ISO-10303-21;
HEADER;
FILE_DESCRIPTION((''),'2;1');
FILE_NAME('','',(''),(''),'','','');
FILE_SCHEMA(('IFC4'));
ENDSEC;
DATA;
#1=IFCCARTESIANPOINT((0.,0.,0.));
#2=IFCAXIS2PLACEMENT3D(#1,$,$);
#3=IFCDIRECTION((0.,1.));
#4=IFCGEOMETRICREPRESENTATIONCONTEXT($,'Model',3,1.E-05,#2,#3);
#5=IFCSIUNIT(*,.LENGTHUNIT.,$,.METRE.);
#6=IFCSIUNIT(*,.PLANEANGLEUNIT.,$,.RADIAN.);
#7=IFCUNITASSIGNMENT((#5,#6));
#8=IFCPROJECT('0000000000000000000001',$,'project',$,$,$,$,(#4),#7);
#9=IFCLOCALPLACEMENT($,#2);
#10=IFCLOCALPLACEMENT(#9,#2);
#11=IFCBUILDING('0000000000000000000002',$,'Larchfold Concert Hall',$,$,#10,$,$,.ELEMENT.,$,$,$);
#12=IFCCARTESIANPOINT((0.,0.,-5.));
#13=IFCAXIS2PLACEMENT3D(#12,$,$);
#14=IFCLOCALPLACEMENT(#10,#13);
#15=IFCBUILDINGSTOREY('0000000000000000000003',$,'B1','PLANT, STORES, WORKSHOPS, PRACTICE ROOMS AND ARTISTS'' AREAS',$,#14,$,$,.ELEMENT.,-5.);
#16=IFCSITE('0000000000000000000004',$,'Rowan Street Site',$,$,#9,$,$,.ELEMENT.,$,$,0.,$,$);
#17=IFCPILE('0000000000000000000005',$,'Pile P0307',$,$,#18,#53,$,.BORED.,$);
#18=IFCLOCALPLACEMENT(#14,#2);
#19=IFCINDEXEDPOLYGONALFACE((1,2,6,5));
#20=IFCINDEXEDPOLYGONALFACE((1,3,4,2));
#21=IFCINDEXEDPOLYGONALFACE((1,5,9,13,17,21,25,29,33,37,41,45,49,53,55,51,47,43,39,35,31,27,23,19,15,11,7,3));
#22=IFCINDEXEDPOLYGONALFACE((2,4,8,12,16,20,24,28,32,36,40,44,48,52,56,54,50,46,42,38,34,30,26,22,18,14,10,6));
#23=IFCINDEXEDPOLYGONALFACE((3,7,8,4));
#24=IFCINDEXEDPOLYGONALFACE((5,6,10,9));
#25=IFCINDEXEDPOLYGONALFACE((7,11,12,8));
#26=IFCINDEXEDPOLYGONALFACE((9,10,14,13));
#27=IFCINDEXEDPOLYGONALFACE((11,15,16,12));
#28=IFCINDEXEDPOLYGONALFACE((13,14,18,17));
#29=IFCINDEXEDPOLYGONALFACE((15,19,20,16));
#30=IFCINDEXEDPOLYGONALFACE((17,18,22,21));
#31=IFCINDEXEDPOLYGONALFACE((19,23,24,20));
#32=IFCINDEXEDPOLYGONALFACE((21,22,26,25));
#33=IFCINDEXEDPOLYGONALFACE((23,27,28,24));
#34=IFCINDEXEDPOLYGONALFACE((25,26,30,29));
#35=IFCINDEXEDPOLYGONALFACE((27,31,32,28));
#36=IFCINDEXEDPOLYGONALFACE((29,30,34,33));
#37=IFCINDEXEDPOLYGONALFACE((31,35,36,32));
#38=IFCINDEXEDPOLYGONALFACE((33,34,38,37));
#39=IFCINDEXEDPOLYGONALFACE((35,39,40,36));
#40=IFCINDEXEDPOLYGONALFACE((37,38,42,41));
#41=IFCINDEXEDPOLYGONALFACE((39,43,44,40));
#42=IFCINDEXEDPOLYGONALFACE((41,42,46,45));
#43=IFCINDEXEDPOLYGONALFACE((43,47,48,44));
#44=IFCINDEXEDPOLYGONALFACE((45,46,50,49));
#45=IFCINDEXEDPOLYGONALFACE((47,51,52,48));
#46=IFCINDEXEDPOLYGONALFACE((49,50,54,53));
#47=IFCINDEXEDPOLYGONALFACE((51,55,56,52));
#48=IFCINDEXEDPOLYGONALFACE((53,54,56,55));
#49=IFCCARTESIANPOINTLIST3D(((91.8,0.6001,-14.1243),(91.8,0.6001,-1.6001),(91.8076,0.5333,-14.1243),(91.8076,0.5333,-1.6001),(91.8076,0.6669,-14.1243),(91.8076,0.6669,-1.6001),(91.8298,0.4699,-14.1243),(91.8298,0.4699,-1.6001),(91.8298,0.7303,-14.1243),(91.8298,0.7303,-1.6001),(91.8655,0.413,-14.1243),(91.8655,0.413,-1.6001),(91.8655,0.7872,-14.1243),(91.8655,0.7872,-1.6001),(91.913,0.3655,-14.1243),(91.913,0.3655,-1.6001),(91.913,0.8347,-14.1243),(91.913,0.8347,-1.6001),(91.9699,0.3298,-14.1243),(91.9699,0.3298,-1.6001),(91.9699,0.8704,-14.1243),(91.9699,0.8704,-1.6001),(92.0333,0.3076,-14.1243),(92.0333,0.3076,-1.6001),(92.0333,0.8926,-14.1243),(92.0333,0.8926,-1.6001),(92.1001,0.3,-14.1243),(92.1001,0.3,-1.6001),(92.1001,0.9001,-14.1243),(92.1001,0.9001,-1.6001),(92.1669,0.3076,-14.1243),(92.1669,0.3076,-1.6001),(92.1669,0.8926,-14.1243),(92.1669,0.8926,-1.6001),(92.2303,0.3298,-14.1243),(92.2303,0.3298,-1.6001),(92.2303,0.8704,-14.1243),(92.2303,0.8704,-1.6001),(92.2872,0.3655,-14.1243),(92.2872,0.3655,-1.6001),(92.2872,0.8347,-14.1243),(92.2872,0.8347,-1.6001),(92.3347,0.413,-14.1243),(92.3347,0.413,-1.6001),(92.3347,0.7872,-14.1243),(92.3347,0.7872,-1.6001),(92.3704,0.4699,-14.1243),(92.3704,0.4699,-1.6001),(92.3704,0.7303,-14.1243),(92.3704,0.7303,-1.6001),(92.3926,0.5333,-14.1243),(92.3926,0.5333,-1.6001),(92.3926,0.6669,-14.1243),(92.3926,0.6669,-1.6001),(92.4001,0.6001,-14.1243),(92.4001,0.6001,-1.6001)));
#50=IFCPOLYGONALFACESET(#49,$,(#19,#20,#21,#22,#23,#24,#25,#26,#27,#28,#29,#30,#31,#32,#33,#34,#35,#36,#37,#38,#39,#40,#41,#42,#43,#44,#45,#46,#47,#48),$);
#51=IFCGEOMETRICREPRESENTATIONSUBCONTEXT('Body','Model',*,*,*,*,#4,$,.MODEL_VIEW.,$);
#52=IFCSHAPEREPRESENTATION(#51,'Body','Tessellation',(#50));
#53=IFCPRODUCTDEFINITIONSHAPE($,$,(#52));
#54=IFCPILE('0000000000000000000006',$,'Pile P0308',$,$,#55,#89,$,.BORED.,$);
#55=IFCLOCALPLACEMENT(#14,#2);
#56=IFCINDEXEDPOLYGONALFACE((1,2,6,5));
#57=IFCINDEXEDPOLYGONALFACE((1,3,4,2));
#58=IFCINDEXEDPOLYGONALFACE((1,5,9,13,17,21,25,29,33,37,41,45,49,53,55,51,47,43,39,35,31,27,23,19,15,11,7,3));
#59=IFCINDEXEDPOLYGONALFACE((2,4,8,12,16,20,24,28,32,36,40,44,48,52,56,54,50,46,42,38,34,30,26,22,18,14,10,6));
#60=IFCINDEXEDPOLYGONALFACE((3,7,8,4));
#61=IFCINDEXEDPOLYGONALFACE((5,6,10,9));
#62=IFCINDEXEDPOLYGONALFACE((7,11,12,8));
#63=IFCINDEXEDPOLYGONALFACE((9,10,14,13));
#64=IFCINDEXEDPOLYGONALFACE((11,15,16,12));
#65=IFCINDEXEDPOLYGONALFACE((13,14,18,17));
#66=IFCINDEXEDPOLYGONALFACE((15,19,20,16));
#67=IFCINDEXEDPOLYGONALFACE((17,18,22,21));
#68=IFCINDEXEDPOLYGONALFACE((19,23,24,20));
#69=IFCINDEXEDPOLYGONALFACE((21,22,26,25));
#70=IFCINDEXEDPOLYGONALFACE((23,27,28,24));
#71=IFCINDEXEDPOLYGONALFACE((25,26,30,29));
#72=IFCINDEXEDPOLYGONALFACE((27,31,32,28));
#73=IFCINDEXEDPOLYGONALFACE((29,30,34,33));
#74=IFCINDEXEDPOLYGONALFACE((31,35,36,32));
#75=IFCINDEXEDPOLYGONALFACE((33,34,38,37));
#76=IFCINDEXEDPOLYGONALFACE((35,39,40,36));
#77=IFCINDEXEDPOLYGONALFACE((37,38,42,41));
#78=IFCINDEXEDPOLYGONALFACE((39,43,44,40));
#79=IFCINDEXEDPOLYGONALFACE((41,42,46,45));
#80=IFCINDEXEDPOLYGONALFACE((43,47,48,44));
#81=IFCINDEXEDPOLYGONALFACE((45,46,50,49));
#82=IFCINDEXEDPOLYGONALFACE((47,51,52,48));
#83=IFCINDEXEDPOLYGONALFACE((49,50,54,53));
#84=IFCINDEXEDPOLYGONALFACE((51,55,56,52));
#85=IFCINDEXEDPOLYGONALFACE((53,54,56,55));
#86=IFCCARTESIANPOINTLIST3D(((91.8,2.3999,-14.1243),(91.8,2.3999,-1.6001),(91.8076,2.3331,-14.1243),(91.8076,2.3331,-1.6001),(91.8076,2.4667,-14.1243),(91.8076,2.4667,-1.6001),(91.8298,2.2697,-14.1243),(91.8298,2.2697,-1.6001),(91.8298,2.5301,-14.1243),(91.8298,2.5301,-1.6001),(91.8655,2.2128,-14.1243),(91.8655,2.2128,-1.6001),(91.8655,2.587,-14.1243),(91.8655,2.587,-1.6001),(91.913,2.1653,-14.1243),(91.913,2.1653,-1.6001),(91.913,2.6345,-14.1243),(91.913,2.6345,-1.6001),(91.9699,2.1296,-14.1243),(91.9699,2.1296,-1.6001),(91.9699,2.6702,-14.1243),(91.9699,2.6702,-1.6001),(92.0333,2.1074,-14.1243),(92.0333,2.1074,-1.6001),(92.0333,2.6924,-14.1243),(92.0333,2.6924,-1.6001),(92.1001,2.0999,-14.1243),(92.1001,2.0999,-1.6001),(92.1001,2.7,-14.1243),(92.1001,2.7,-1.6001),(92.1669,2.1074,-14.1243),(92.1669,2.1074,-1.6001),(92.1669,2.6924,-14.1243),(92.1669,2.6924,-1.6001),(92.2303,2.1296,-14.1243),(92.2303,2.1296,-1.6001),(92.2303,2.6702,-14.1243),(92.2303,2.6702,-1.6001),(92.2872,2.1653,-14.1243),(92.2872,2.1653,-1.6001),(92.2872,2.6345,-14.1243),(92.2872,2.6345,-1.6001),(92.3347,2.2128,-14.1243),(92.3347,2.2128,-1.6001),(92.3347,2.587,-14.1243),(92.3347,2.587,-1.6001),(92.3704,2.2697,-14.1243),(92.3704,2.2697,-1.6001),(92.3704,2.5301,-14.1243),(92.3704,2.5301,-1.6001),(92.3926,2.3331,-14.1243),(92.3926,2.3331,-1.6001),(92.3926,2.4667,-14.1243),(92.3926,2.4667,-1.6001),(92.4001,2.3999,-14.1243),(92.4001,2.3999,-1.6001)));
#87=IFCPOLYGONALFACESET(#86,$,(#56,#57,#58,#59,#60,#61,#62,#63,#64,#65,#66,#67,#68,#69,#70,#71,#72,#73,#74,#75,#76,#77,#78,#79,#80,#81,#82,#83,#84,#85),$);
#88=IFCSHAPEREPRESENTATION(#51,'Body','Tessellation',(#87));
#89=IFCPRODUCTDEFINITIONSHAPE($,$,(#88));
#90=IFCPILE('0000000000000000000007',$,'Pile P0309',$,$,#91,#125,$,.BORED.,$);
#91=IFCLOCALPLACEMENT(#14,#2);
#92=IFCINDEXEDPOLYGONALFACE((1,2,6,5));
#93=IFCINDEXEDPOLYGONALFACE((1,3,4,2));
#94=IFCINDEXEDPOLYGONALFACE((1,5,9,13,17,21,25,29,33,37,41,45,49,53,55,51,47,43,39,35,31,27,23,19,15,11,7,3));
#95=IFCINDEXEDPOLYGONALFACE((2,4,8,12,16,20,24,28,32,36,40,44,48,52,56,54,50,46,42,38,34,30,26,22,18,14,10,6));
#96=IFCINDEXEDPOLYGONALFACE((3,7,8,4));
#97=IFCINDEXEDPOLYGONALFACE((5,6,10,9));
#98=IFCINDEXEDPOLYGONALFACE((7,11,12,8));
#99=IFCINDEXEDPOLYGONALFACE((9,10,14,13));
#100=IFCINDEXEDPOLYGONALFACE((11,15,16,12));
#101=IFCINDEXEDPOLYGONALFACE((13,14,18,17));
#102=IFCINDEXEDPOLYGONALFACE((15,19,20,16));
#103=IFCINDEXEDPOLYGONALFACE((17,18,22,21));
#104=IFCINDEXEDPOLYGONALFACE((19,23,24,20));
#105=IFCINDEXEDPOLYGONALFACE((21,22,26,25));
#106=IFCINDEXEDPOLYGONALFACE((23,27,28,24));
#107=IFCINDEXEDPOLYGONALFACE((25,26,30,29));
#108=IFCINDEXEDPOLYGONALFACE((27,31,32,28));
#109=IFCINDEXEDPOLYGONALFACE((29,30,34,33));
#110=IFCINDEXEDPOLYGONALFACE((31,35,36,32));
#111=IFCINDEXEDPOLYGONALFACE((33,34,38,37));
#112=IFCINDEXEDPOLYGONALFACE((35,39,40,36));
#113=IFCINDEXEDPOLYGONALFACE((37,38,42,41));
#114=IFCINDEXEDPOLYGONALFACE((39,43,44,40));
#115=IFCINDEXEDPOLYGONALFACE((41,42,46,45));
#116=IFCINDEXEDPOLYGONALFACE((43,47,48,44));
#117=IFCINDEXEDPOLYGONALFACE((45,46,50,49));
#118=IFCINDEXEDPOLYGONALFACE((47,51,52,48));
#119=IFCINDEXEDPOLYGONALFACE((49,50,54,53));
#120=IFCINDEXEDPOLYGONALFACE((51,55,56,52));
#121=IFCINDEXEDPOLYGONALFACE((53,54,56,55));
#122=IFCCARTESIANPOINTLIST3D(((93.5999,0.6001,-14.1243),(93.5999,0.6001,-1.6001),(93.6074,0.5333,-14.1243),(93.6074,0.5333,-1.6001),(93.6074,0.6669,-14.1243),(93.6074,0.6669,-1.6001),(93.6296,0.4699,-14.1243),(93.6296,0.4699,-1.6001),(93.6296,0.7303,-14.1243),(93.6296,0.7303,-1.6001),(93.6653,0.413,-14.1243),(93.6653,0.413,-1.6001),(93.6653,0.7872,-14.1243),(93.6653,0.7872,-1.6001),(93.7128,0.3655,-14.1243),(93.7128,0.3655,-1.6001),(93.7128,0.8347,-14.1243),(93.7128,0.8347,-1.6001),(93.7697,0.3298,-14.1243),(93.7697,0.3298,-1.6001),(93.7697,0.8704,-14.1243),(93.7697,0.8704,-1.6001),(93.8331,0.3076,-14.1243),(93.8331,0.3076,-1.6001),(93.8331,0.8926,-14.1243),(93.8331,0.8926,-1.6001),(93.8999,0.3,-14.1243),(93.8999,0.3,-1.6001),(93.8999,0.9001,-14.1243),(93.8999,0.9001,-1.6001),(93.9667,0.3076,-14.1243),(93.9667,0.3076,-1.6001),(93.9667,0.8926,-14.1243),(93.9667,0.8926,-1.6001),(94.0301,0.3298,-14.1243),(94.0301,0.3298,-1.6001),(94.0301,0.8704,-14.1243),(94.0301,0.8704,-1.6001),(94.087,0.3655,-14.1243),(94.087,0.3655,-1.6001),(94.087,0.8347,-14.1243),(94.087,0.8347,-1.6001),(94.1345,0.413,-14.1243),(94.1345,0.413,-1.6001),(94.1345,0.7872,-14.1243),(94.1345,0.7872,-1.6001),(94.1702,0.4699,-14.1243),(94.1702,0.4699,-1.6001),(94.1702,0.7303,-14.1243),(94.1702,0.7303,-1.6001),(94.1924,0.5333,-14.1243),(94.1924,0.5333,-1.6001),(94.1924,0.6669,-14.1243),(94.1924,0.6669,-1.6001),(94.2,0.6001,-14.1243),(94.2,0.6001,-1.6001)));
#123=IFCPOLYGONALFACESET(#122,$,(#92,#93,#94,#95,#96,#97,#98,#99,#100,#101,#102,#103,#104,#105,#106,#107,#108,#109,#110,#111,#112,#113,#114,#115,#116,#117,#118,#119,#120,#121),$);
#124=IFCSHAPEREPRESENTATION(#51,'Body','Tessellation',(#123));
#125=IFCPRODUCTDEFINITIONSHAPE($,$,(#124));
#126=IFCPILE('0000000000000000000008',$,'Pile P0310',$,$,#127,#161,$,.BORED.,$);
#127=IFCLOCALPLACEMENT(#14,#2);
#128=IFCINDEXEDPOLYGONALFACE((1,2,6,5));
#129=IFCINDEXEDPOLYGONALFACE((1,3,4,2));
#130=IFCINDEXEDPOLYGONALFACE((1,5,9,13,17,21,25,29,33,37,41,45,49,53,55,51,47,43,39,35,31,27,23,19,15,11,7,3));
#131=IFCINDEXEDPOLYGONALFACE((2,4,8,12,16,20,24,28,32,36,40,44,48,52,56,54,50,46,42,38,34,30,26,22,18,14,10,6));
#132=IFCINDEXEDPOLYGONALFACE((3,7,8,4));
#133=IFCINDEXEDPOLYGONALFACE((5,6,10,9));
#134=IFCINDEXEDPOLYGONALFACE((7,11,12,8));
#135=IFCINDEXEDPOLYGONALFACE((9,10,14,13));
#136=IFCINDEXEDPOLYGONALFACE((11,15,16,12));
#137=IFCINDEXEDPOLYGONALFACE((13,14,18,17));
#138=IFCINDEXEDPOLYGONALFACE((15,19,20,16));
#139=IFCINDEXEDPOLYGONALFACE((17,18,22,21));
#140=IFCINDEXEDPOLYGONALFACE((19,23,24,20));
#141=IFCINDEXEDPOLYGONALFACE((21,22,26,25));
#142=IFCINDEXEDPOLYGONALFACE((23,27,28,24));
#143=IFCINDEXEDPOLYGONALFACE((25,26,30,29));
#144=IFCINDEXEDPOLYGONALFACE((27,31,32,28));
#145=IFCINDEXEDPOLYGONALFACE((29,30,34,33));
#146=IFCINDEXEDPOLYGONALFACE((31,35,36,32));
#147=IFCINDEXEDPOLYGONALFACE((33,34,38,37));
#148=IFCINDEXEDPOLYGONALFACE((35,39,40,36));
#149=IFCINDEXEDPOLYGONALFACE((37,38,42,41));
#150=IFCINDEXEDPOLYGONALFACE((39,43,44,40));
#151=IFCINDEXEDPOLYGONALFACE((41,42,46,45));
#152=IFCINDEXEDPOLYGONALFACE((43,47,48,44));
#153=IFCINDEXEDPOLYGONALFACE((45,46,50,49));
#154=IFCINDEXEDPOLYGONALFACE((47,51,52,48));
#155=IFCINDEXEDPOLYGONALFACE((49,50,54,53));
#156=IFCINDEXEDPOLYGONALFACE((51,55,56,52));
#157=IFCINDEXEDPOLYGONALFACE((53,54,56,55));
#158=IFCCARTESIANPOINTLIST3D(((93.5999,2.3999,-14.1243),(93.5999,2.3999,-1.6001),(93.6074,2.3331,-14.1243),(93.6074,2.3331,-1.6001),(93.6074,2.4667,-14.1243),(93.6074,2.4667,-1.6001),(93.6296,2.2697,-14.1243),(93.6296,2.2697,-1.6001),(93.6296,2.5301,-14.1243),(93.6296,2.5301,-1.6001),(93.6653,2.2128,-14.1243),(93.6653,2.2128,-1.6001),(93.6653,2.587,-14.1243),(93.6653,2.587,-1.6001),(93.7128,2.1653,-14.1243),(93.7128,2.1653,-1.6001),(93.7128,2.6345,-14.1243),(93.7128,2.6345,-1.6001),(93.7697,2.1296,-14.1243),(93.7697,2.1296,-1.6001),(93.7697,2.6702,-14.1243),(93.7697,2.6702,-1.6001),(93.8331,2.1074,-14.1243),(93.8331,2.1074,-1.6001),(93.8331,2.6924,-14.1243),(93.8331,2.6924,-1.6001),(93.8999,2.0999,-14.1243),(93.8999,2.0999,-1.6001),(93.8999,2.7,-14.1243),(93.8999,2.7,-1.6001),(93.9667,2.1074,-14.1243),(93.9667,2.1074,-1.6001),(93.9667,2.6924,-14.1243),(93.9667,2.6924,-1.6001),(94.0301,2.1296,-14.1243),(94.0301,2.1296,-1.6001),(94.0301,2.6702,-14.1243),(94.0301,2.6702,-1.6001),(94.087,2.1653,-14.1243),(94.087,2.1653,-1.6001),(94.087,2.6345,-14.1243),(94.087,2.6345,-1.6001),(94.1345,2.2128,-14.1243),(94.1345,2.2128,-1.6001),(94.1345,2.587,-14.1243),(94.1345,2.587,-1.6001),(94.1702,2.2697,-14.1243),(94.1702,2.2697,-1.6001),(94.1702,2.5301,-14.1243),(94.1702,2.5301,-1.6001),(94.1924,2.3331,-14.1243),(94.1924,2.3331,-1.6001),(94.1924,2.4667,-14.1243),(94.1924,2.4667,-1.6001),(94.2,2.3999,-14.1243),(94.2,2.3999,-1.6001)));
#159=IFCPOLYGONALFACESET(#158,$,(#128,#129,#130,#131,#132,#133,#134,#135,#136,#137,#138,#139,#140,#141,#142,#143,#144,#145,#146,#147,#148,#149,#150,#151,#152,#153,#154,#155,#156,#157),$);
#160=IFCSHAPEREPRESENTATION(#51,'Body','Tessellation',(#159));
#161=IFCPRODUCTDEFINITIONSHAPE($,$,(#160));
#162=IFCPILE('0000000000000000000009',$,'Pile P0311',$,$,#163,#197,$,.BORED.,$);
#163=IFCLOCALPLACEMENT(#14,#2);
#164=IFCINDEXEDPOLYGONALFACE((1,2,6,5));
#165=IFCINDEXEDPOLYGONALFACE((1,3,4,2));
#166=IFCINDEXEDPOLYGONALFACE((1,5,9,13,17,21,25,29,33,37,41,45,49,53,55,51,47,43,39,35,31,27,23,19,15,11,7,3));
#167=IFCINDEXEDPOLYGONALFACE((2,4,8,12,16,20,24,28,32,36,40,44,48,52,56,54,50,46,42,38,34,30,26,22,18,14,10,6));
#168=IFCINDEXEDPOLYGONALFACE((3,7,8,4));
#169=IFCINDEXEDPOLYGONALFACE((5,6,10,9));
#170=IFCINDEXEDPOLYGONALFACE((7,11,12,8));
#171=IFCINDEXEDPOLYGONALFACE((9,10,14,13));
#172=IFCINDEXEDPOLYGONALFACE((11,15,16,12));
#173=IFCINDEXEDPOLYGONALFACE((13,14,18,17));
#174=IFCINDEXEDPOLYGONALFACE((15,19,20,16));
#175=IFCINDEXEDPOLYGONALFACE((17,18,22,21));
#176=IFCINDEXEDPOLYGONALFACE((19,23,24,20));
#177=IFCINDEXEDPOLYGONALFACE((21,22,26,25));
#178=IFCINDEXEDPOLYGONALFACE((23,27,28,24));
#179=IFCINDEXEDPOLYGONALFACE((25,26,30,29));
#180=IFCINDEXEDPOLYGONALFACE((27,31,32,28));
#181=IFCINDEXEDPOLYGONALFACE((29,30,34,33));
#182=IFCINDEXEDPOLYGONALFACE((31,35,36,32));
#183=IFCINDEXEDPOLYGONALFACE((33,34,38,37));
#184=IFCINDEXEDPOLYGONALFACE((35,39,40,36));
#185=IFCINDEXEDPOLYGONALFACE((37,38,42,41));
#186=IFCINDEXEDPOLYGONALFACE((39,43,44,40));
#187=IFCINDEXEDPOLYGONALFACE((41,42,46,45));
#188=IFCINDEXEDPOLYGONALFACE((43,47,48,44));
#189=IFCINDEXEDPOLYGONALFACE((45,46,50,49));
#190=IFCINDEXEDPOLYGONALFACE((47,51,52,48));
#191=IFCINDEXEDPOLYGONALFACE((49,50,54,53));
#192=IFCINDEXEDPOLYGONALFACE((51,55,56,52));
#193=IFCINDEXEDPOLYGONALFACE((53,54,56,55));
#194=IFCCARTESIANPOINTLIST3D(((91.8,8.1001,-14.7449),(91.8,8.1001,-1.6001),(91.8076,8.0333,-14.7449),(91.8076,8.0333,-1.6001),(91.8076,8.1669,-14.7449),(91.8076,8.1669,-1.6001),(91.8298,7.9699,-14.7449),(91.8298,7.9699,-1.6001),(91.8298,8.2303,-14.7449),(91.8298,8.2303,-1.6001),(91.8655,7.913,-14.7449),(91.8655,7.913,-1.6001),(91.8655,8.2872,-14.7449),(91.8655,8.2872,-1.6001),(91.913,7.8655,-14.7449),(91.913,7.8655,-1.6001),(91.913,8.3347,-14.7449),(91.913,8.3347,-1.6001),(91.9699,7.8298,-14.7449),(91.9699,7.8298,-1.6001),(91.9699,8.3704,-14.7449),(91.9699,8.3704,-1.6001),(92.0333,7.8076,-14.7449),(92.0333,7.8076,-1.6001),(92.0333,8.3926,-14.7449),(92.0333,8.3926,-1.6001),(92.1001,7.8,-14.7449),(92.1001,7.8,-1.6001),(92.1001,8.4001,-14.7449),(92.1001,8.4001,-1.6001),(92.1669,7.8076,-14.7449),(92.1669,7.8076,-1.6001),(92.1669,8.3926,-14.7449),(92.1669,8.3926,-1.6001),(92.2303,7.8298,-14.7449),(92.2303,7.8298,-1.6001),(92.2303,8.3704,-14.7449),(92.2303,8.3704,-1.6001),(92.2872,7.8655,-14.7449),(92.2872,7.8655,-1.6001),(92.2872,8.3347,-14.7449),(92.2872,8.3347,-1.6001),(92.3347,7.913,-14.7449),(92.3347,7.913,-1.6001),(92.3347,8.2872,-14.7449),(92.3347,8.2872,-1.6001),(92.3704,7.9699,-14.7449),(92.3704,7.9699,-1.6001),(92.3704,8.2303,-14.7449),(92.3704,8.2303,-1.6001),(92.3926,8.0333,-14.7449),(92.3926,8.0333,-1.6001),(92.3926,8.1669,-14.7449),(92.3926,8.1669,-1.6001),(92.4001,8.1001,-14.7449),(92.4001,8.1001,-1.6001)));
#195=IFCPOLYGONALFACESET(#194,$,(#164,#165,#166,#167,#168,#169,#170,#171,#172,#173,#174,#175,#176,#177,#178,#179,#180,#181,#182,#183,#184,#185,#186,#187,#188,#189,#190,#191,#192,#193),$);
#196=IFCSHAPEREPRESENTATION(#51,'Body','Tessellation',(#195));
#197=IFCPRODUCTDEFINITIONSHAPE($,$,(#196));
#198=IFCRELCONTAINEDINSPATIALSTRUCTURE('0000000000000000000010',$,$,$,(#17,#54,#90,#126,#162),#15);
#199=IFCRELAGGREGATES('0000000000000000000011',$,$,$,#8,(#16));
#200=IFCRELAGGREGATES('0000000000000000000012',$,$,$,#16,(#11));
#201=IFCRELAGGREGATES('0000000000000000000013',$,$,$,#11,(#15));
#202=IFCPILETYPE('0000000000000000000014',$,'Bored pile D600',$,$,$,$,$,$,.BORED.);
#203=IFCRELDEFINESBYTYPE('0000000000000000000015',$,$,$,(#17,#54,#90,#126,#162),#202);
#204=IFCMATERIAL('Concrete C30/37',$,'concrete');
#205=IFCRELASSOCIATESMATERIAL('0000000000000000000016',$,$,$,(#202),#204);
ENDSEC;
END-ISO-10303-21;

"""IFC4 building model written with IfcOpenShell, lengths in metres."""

from ifc_helpers import new_model, si_unit, direction, frame, origin, origin_2d, place, context, subcontext, project, spatial, circle, extrude, material, material_profile, profile_set, type_object, element, save


model = new_model("IFC4")

# Units and contexts
model_context = context("Model", 3, precision=1e-05, world=origin(), true_north=direction((0.0, 1.0)))
body_context = subcontext(model_context, "Body", "Model", "MODEL_VIEW")
ifc_project = project(units=[si_unit("LENGTHUNIT", "METRE"), si_unit("PLANEANGLEUNIT", "RADIAN")], contexts=[model_context])

# Site, building, storey
site_placement = place(None, origin())
site = spatial("IfcSite", under=ifc_project, at=site_placement, Name="Rowan Street Site", CompositionType="ELEMENT", RefElevation=0.0)
building_placement = place(site_placement, origin())
building = spatial("IfcBuilding", under=site, at=building_placement, Name="Larchfold Concert Hall", CompositionType="ELEMENT")
storey_placement = place(building_placement, frame((0.0, 0.0, -5.0)))
storey = spatial("IfcBuildingStorey", under=building, at=storey_placement, Name="B1", Description="PLANT, STORES, WORKSHOPS, PRACTICE ROOMS AND ARTISTS' AREAS", CompositionType="ELEMENT", Elevation=-5.0)

# Piles
ifc_material_1 = material(Name="Concrete C30/37", Category="concrete")
ifc_material_profile_1 = material_profile(ifc_material_1, circle(Radius=0.3, at=origin_2d()))
ifc_profile_set_1 = profile_set([ifc_material_profile_1], Name="Concrete C30/37")
pile_type = type_object("IfcPileType", Name="Bored pile D600", PredefinedType="BORED", material=ifc_profile_set_1)
for number, where, z_axis, x_axis, name in (
    (1, (92.1001, 0.6001, -1.6001), (0.0, 0.0, -1.0), (1.0, 0.0, 0.0), "Pile P0307"),
    (2, (92.1001, 2.3999, -1.6001), (0.0, 0.0, -1.0), (1.0, 0.0, 0.0), "Pile P0308"),
    (3, (93.8999, 0.6001, -1.6001), (0.0, 0.0, -1.0), (1.0, 0.0, 0.0), "Pile P0309"),
    (4, (93.8999, 2.3999, -1.6001), (0.0, 0.0, -1.0), (1.0, 0.0, 0.0), "Pile P0310"),
):
    element("IfcPile", number, at=place(storey_placement, frame(where, z_axis=z_axis, x_axis=x_axis)), inside=storey, type_object=pile_type, Name=name, PredefinedType="BORED", context=body_context, shape_type="SweptSolid", body=[
        extrude(circle(Radius=0.3, at=origin_2d()), origin(), (0.0, 0.0, 1.0), 12.5242),
    ])
for number, where, z_axis, x_axis, name in (
    (5, (92.1001, 8.1001, -1.6001), (0.0, 0.0, -1.0), (1.0, 0.0, 0.0), "Pile P0311"),
):
    element("IfcPile", number, at=place(storey_placement, frame(where, z_axis=z_axis, x_axis=x_axis)), inside=storey, type_object=pile_type, Name=name, PredefinedType="BORED", context=body_context, shape_type="SweptSolid", body=[
        extrude(circle(Radius=0.3, at=origin_2d()), origin(), (0.0, 0.0, 1.0), 13.1448),
    ])

save(model, "model.ifc")
